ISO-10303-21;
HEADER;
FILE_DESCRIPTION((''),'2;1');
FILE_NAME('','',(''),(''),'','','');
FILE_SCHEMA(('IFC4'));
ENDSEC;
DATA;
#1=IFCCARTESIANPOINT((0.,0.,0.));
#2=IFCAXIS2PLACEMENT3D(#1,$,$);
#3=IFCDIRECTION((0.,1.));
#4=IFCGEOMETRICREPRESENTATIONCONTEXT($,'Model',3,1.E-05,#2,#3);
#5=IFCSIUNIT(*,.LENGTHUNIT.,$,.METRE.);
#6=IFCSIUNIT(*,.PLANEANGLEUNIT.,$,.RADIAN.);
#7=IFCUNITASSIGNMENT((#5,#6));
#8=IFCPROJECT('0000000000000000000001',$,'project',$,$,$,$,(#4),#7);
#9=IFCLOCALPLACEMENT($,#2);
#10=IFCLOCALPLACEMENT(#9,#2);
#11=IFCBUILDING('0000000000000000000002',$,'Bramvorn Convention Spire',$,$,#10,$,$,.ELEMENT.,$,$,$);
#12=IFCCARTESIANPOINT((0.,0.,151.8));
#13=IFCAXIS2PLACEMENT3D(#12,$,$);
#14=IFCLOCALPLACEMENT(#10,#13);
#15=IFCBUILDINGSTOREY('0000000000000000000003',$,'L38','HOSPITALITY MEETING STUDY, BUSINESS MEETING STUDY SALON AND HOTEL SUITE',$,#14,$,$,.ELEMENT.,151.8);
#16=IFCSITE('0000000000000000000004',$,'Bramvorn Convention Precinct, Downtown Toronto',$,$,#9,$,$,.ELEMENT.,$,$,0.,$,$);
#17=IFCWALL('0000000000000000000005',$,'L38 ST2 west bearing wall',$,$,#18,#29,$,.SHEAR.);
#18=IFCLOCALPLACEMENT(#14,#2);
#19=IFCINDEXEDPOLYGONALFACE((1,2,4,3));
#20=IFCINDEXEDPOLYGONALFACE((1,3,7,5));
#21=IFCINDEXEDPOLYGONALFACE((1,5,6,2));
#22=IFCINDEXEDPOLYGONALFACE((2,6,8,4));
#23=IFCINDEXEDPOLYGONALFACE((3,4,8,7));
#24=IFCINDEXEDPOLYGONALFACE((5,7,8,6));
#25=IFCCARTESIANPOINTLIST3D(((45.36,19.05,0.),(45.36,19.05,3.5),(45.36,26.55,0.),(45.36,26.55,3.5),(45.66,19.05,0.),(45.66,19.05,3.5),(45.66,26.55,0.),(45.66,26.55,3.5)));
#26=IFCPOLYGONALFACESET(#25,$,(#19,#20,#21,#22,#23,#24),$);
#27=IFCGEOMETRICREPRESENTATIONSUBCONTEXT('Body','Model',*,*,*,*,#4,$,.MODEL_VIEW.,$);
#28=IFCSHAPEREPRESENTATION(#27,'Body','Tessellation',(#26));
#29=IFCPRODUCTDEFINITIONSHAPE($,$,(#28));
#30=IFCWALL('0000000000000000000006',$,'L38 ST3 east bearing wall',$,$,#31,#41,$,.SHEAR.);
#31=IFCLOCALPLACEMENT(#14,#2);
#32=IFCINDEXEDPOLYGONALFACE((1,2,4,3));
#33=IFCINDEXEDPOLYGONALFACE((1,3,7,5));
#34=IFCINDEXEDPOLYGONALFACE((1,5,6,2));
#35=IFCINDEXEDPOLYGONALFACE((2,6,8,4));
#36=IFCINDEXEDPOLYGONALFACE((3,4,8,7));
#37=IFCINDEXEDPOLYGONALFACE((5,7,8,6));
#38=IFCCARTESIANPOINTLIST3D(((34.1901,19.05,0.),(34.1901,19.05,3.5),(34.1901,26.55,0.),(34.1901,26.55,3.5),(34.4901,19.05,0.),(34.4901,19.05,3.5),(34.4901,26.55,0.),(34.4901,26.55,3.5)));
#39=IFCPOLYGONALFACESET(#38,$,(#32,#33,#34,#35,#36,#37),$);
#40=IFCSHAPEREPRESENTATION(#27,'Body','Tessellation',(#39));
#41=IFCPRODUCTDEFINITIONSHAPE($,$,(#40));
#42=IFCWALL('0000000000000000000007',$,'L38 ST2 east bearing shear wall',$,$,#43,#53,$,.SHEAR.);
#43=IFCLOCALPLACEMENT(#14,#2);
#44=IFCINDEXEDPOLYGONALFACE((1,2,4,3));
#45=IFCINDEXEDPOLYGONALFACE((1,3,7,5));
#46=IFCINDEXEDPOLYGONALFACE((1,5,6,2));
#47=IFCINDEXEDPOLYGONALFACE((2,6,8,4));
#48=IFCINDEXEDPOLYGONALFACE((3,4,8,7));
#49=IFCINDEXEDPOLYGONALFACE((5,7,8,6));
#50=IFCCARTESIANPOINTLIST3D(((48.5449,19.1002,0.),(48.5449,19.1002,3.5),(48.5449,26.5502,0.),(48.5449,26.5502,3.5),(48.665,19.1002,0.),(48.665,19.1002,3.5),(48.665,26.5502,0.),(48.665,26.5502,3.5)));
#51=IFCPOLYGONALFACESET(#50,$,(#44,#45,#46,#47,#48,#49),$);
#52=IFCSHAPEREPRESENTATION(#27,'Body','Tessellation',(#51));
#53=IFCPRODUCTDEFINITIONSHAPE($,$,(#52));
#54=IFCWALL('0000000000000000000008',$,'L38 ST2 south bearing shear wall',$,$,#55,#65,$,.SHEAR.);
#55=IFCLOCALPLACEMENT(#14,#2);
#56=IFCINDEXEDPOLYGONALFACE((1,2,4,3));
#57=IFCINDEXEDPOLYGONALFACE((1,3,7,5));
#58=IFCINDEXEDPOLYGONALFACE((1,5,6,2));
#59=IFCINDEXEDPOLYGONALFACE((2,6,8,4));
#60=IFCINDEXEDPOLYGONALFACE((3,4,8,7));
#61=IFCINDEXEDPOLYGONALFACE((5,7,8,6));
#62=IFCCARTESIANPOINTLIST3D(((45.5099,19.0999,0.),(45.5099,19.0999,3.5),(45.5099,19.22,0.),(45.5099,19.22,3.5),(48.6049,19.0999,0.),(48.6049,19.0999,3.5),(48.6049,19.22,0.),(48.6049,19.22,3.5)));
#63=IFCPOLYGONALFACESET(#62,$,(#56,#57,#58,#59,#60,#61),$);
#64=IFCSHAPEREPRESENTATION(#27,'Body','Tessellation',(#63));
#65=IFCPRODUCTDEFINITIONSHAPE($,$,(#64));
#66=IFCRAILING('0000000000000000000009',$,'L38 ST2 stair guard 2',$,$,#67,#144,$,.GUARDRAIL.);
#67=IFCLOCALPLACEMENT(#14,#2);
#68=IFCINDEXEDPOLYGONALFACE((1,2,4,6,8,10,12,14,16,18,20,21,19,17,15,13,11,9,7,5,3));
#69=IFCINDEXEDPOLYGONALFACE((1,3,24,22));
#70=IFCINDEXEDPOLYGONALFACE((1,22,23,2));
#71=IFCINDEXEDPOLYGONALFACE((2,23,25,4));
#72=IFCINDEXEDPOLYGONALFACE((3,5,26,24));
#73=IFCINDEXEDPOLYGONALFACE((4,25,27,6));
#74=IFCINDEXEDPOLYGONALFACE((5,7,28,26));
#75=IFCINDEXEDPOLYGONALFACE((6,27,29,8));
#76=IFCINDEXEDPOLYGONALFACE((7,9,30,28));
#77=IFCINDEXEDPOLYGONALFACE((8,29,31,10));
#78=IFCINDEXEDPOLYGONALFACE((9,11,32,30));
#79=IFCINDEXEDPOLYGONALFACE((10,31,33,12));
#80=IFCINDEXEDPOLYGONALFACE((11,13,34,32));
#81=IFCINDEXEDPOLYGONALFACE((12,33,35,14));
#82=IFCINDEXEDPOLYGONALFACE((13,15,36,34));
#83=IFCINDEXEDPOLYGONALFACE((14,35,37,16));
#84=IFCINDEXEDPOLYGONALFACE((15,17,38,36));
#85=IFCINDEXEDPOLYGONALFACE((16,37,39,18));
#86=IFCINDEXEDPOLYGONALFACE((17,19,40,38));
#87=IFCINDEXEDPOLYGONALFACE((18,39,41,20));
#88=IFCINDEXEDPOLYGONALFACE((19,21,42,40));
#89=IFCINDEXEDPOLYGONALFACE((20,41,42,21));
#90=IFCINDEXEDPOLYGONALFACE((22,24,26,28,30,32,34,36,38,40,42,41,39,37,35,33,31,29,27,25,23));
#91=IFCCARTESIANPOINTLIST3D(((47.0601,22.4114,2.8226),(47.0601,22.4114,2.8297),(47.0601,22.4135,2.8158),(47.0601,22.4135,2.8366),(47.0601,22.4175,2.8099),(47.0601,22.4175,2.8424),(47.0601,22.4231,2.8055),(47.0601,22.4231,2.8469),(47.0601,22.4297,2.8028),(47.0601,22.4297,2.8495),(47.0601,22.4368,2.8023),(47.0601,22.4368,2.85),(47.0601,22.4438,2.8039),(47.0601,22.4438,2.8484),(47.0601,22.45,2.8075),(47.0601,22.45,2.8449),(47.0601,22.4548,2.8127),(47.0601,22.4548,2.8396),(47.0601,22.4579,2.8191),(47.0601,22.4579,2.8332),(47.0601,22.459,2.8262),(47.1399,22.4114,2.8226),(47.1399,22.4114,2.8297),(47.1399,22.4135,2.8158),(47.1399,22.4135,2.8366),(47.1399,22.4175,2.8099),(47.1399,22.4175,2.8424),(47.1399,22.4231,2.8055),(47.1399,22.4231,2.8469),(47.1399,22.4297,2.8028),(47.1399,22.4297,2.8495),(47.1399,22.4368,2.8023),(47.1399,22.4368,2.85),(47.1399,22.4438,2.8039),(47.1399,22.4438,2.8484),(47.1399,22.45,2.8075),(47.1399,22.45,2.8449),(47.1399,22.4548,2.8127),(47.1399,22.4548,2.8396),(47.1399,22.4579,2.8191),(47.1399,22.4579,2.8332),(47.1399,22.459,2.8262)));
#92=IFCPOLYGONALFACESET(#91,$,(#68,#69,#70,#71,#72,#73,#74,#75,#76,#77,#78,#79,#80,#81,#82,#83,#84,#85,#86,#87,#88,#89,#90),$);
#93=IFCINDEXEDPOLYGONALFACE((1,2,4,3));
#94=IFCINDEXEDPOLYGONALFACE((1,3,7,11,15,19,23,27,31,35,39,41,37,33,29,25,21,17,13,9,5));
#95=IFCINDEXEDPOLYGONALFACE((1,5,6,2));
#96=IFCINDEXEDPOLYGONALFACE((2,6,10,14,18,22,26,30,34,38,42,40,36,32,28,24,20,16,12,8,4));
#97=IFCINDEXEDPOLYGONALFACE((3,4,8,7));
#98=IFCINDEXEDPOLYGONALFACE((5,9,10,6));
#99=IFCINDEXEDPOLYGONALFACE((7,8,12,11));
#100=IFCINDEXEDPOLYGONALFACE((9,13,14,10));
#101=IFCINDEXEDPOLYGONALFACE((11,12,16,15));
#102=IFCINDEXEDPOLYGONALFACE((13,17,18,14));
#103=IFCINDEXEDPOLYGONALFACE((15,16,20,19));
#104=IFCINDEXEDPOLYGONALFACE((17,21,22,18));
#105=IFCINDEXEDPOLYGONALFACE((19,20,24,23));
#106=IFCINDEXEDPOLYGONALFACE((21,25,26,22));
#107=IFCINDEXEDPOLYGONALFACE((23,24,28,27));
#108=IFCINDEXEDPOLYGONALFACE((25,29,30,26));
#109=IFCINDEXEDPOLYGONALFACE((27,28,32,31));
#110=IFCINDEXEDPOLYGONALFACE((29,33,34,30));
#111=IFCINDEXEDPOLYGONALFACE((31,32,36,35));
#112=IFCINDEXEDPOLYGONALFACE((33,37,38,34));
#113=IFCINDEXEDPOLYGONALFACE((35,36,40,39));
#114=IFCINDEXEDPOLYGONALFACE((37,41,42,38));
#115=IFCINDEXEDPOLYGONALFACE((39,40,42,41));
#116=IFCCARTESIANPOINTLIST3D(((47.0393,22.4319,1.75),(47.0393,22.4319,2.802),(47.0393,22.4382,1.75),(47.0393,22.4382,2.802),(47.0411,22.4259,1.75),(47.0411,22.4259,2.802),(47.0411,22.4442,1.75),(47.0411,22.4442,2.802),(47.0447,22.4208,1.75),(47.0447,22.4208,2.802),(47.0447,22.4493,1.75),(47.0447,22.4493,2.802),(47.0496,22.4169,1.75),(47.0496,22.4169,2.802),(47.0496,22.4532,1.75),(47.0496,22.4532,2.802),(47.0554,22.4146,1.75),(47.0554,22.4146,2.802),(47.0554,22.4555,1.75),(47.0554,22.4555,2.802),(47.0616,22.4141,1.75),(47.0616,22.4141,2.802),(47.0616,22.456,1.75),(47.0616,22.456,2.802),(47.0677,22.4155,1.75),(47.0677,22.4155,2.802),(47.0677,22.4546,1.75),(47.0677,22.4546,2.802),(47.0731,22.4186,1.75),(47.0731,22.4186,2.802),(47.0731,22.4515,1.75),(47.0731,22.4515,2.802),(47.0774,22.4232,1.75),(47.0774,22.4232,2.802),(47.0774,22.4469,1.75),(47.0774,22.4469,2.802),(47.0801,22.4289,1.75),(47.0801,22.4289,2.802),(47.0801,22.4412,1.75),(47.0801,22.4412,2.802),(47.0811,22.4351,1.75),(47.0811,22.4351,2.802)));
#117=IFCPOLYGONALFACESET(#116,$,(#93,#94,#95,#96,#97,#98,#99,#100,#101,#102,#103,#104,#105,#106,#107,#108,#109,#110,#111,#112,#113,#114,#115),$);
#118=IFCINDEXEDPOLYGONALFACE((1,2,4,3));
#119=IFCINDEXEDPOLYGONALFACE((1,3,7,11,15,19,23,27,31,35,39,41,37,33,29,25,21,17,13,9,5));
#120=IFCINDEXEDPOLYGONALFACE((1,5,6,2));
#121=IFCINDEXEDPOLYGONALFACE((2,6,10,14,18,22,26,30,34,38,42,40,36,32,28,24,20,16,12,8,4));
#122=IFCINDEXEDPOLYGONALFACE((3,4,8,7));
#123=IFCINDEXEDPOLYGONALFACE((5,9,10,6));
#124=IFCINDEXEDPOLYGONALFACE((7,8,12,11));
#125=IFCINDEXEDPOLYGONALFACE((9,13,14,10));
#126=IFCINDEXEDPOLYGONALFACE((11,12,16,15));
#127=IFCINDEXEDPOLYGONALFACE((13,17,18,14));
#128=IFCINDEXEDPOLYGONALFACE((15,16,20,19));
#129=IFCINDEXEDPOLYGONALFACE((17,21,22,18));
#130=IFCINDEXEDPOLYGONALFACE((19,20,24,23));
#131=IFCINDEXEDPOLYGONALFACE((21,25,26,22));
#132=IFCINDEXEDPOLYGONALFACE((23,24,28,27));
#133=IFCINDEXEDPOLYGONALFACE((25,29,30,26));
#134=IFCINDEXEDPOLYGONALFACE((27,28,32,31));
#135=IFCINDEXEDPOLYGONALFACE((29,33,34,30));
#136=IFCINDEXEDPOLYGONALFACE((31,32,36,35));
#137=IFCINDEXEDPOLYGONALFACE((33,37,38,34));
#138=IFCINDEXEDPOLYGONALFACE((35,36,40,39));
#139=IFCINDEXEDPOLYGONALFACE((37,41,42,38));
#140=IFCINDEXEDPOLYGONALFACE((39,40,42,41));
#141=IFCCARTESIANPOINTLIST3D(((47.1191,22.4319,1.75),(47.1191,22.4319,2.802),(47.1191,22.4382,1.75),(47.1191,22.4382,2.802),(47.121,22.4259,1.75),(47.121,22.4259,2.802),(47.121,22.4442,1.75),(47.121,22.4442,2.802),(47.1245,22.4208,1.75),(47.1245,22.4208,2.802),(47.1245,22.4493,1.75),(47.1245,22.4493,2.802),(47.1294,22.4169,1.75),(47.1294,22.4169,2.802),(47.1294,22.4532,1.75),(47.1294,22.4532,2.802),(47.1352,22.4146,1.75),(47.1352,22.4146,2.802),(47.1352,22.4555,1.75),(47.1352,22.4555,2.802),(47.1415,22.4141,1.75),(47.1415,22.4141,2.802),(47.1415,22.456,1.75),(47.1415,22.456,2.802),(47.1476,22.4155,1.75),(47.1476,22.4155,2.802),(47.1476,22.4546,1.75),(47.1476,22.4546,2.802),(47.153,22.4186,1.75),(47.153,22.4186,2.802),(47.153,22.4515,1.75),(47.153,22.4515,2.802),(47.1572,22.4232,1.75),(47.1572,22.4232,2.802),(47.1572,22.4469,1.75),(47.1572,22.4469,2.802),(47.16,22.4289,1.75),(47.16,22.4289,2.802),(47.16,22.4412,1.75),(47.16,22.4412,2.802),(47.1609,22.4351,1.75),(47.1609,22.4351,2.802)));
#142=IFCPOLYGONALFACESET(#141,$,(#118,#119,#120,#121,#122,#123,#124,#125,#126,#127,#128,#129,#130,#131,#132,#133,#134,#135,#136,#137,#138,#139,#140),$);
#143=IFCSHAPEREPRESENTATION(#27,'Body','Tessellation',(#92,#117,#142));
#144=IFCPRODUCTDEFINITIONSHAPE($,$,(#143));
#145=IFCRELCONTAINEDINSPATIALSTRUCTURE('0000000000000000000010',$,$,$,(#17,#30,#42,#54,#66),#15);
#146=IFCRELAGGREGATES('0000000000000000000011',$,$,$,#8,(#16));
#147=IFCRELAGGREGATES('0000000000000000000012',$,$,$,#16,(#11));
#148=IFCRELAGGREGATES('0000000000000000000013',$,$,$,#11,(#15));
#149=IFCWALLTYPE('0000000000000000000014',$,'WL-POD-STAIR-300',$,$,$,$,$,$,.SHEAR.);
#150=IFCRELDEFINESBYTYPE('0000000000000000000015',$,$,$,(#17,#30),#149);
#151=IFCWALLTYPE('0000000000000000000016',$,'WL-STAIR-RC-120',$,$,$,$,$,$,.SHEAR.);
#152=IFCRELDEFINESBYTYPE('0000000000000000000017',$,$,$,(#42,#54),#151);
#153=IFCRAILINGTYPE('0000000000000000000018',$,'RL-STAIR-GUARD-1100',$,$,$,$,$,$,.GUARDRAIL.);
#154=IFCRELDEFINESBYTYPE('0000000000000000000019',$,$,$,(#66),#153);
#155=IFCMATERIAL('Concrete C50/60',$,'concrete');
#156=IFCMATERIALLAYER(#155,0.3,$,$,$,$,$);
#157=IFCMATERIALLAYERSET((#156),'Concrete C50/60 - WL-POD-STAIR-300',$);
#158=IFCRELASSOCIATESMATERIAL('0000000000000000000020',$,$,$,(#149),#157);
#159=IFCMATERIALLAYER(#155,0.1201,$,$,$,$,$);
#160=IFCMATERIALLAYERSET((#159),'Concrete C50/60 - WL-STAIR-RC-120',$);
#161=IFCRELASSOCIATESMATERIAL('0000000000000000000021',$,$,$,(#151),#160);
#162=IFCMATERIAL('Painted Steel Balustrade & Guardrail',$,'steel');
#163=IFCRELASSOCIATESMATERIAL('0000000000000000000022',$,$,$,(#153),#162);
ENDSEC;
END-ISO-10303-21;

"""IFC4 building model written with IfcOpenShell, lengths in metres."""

from ifc_helpers import new_model, si_unit, direction, frame, frame_2d, origin, origin_2d, place, context, subcontext, project, spatial, rectangle, circle, extrude, material, layer, layer_set, type_object, element, save


model = new_model("IFC4")

# Units and contexts
model_context = context("Model", 3, precision=1e-05, world=origin(), true_north=direction((0.0, 1.0)))
body_context = subcontext(model_context, "Body", "Model", "MODEL_VIEW")
ifc_project = project(units=[si_unit("LENGTHUNIT", "METRE"), si_unit("PLANEANGLEUNIT", "RADIAN")], contexts=[model_context])

# Site, building, storey
site_placement = place(None, origin())
site = spatial("IfcSite", under=ifc_project, at=site_placement, Name="Bramvorn Convention Precinct, Downtown Toronto", CompositionType="ELEMENT", RefElevation=0.0)
building_placement = place(site_placement, origin())
building = spatial("IfcBuilding", under=site, at=building_placement, Name="Bramvorn Convention Spire", CompositionType="ELEMENT")
storey_placement = place(building_placement, frame((0.0, 0.0, 151.8)))
storey = spatial("IfcBuildingStorey", under=building, at=storey_placement, Name="L38", Description="HOSPITALITY MEETING STUDY, BUSINESS MEETING STUDY SALON AND HOTEL SUITE", CompositionType="ELEMENT", Elevation=151.8)

# Shared definitions
ifc_material_1 = material(Name="Concrete C50/60", Category="concrete")

# Walls
ifc_layer_1 = layer(ifc_material_1, 0.3)
ifc_layer_set_1 = layer_set([ifc_layer_1], Name="Concrete C50/60 - WL-POD-STAIR-300")
wall_type_1 = type_object("IfcWallType", Name="WL-POD-STAIR-300", PredefinedType="SHEAR", material=ifc_layer_set_1)
for number, where, z_axis, x_axis, name in (
    (1, (45.51, 19.05, 0.0), (0.0, 0.0, 1.0), (0.0, 1.0, 0.0), "L38 ST2 west bearing wall"),
    (2, (34.3401, 19.05, 0.0), (0.0, 0.0, 1.0), (0.0, 1.0, 0.0), "L38 ST3 east bearing wall"),
):
    element("IfcWall", number, at=place(storey_placement, frame(where, z_axis=z_axis, x_axis=x_axis)), inside=storey, type_object=wall_type_1, Name=name, PredefinedType="SHEAR", context=body_context, shape_type="SweptSolid", body=[
        extrude(rectangle(XDim=7.5, YDim=0.3, at=frame_2d((3.75, 0.0))), origin(), (0.0, 0.0, 1.0), 3.5),
    ])
ifc_layer_2 = layer(ifc_material_1, 0.1201)
ifc_layer_set_2 = layer_set([ifc_layer_2], Name="Concrete C50/60 - WL-STAIR-RC-120")
wall_type_2 = type_object("IfcWallType", Name="WL-STAIR-RC-120", PredefinedType="SHEAR", material=ifc_layer_set_2)
wall_1_placement = place(storey_placement, frame((48.605, 19.1001, 0.0), z_axis=(0.0, 0.0, 1.0), x_axis=(0.0, 1.0, 0.0)))
element("IfcWall", 3, at=wall_1_placement, inside=storey, type_object=wall_type_2, Name="L38 ST2 east bearing shear wall", PredefinedType="SHEAR", context=body_context, shape_type="SweptSolid", body=[
    extrude(rectangle(XDim=7.45, YDim=0.1201, at=frame_2d((3.7251, 0.0))), origin(), (0.0, 0.0, 1.0), 3.5),
])
wall_2_placement = place(storey_placement, frame((45.51, 19.1599, 0.0), z_axis=(0.0, 0.0, 1.0), x_axis=(1.0, 0.0, 0.0)))
element("IfcWall", 4, at=wall_2_placement, inside=storey, type_object=wall_type_2, Name="L38 ST2 south bearing shear wall", PredefinedType="SHEAR", context=body_context, shape_type="SweptSolid", body=[
    extrude(rectangle(XDim=3.095, YDim=0.1201, at=frame_2d((1.5474, 0.0))), origin(), (0.0, 0.0, 1.0), 3.5),
])

# Railing
ifc_material_2 = material(Name="Painted Steel Balustrade & Guardrail", Category="steel")
railing_type_1 = type_object("IfcRailingType", Name="RL-STAIR-GUARD-1100", PredefinedType="GUARDRAIL", material=ifc_material_2)
railing_1_placement = place(storey_placement, frame((47.0601, 22.4351, 1.75)))
element("IfcRailing", 5, at=railing_1_placement, inside=storey, type_object=railing_type_1, Name="L38 ST2 stair guard 2", PredefinedType="GUARDRAIL", context=body_context, shape_type="SweptSolid", body=[
    extrude(circle(Radius=0.0239, at=origin_2d()), frame((0.0, 0.0, 1.0762), z_axis=(1.0, 0.0, 0.0), x_axis=(0.0, 1.0, 0.0)), (0.0, 0.0, 1.0), 0.0798),
    extrude(circle(Radius=0.021, at=origin_2d()), origin(), (0.0, 0.0, 1.0), 1.052),
    extrude(circle(Radius=0.021, at=origin_2d()), frame((0.0798, 0.0, 0.0)), (0.0, 0.0, 1.0), 1.052),
])

save(model, "model.ifc")
